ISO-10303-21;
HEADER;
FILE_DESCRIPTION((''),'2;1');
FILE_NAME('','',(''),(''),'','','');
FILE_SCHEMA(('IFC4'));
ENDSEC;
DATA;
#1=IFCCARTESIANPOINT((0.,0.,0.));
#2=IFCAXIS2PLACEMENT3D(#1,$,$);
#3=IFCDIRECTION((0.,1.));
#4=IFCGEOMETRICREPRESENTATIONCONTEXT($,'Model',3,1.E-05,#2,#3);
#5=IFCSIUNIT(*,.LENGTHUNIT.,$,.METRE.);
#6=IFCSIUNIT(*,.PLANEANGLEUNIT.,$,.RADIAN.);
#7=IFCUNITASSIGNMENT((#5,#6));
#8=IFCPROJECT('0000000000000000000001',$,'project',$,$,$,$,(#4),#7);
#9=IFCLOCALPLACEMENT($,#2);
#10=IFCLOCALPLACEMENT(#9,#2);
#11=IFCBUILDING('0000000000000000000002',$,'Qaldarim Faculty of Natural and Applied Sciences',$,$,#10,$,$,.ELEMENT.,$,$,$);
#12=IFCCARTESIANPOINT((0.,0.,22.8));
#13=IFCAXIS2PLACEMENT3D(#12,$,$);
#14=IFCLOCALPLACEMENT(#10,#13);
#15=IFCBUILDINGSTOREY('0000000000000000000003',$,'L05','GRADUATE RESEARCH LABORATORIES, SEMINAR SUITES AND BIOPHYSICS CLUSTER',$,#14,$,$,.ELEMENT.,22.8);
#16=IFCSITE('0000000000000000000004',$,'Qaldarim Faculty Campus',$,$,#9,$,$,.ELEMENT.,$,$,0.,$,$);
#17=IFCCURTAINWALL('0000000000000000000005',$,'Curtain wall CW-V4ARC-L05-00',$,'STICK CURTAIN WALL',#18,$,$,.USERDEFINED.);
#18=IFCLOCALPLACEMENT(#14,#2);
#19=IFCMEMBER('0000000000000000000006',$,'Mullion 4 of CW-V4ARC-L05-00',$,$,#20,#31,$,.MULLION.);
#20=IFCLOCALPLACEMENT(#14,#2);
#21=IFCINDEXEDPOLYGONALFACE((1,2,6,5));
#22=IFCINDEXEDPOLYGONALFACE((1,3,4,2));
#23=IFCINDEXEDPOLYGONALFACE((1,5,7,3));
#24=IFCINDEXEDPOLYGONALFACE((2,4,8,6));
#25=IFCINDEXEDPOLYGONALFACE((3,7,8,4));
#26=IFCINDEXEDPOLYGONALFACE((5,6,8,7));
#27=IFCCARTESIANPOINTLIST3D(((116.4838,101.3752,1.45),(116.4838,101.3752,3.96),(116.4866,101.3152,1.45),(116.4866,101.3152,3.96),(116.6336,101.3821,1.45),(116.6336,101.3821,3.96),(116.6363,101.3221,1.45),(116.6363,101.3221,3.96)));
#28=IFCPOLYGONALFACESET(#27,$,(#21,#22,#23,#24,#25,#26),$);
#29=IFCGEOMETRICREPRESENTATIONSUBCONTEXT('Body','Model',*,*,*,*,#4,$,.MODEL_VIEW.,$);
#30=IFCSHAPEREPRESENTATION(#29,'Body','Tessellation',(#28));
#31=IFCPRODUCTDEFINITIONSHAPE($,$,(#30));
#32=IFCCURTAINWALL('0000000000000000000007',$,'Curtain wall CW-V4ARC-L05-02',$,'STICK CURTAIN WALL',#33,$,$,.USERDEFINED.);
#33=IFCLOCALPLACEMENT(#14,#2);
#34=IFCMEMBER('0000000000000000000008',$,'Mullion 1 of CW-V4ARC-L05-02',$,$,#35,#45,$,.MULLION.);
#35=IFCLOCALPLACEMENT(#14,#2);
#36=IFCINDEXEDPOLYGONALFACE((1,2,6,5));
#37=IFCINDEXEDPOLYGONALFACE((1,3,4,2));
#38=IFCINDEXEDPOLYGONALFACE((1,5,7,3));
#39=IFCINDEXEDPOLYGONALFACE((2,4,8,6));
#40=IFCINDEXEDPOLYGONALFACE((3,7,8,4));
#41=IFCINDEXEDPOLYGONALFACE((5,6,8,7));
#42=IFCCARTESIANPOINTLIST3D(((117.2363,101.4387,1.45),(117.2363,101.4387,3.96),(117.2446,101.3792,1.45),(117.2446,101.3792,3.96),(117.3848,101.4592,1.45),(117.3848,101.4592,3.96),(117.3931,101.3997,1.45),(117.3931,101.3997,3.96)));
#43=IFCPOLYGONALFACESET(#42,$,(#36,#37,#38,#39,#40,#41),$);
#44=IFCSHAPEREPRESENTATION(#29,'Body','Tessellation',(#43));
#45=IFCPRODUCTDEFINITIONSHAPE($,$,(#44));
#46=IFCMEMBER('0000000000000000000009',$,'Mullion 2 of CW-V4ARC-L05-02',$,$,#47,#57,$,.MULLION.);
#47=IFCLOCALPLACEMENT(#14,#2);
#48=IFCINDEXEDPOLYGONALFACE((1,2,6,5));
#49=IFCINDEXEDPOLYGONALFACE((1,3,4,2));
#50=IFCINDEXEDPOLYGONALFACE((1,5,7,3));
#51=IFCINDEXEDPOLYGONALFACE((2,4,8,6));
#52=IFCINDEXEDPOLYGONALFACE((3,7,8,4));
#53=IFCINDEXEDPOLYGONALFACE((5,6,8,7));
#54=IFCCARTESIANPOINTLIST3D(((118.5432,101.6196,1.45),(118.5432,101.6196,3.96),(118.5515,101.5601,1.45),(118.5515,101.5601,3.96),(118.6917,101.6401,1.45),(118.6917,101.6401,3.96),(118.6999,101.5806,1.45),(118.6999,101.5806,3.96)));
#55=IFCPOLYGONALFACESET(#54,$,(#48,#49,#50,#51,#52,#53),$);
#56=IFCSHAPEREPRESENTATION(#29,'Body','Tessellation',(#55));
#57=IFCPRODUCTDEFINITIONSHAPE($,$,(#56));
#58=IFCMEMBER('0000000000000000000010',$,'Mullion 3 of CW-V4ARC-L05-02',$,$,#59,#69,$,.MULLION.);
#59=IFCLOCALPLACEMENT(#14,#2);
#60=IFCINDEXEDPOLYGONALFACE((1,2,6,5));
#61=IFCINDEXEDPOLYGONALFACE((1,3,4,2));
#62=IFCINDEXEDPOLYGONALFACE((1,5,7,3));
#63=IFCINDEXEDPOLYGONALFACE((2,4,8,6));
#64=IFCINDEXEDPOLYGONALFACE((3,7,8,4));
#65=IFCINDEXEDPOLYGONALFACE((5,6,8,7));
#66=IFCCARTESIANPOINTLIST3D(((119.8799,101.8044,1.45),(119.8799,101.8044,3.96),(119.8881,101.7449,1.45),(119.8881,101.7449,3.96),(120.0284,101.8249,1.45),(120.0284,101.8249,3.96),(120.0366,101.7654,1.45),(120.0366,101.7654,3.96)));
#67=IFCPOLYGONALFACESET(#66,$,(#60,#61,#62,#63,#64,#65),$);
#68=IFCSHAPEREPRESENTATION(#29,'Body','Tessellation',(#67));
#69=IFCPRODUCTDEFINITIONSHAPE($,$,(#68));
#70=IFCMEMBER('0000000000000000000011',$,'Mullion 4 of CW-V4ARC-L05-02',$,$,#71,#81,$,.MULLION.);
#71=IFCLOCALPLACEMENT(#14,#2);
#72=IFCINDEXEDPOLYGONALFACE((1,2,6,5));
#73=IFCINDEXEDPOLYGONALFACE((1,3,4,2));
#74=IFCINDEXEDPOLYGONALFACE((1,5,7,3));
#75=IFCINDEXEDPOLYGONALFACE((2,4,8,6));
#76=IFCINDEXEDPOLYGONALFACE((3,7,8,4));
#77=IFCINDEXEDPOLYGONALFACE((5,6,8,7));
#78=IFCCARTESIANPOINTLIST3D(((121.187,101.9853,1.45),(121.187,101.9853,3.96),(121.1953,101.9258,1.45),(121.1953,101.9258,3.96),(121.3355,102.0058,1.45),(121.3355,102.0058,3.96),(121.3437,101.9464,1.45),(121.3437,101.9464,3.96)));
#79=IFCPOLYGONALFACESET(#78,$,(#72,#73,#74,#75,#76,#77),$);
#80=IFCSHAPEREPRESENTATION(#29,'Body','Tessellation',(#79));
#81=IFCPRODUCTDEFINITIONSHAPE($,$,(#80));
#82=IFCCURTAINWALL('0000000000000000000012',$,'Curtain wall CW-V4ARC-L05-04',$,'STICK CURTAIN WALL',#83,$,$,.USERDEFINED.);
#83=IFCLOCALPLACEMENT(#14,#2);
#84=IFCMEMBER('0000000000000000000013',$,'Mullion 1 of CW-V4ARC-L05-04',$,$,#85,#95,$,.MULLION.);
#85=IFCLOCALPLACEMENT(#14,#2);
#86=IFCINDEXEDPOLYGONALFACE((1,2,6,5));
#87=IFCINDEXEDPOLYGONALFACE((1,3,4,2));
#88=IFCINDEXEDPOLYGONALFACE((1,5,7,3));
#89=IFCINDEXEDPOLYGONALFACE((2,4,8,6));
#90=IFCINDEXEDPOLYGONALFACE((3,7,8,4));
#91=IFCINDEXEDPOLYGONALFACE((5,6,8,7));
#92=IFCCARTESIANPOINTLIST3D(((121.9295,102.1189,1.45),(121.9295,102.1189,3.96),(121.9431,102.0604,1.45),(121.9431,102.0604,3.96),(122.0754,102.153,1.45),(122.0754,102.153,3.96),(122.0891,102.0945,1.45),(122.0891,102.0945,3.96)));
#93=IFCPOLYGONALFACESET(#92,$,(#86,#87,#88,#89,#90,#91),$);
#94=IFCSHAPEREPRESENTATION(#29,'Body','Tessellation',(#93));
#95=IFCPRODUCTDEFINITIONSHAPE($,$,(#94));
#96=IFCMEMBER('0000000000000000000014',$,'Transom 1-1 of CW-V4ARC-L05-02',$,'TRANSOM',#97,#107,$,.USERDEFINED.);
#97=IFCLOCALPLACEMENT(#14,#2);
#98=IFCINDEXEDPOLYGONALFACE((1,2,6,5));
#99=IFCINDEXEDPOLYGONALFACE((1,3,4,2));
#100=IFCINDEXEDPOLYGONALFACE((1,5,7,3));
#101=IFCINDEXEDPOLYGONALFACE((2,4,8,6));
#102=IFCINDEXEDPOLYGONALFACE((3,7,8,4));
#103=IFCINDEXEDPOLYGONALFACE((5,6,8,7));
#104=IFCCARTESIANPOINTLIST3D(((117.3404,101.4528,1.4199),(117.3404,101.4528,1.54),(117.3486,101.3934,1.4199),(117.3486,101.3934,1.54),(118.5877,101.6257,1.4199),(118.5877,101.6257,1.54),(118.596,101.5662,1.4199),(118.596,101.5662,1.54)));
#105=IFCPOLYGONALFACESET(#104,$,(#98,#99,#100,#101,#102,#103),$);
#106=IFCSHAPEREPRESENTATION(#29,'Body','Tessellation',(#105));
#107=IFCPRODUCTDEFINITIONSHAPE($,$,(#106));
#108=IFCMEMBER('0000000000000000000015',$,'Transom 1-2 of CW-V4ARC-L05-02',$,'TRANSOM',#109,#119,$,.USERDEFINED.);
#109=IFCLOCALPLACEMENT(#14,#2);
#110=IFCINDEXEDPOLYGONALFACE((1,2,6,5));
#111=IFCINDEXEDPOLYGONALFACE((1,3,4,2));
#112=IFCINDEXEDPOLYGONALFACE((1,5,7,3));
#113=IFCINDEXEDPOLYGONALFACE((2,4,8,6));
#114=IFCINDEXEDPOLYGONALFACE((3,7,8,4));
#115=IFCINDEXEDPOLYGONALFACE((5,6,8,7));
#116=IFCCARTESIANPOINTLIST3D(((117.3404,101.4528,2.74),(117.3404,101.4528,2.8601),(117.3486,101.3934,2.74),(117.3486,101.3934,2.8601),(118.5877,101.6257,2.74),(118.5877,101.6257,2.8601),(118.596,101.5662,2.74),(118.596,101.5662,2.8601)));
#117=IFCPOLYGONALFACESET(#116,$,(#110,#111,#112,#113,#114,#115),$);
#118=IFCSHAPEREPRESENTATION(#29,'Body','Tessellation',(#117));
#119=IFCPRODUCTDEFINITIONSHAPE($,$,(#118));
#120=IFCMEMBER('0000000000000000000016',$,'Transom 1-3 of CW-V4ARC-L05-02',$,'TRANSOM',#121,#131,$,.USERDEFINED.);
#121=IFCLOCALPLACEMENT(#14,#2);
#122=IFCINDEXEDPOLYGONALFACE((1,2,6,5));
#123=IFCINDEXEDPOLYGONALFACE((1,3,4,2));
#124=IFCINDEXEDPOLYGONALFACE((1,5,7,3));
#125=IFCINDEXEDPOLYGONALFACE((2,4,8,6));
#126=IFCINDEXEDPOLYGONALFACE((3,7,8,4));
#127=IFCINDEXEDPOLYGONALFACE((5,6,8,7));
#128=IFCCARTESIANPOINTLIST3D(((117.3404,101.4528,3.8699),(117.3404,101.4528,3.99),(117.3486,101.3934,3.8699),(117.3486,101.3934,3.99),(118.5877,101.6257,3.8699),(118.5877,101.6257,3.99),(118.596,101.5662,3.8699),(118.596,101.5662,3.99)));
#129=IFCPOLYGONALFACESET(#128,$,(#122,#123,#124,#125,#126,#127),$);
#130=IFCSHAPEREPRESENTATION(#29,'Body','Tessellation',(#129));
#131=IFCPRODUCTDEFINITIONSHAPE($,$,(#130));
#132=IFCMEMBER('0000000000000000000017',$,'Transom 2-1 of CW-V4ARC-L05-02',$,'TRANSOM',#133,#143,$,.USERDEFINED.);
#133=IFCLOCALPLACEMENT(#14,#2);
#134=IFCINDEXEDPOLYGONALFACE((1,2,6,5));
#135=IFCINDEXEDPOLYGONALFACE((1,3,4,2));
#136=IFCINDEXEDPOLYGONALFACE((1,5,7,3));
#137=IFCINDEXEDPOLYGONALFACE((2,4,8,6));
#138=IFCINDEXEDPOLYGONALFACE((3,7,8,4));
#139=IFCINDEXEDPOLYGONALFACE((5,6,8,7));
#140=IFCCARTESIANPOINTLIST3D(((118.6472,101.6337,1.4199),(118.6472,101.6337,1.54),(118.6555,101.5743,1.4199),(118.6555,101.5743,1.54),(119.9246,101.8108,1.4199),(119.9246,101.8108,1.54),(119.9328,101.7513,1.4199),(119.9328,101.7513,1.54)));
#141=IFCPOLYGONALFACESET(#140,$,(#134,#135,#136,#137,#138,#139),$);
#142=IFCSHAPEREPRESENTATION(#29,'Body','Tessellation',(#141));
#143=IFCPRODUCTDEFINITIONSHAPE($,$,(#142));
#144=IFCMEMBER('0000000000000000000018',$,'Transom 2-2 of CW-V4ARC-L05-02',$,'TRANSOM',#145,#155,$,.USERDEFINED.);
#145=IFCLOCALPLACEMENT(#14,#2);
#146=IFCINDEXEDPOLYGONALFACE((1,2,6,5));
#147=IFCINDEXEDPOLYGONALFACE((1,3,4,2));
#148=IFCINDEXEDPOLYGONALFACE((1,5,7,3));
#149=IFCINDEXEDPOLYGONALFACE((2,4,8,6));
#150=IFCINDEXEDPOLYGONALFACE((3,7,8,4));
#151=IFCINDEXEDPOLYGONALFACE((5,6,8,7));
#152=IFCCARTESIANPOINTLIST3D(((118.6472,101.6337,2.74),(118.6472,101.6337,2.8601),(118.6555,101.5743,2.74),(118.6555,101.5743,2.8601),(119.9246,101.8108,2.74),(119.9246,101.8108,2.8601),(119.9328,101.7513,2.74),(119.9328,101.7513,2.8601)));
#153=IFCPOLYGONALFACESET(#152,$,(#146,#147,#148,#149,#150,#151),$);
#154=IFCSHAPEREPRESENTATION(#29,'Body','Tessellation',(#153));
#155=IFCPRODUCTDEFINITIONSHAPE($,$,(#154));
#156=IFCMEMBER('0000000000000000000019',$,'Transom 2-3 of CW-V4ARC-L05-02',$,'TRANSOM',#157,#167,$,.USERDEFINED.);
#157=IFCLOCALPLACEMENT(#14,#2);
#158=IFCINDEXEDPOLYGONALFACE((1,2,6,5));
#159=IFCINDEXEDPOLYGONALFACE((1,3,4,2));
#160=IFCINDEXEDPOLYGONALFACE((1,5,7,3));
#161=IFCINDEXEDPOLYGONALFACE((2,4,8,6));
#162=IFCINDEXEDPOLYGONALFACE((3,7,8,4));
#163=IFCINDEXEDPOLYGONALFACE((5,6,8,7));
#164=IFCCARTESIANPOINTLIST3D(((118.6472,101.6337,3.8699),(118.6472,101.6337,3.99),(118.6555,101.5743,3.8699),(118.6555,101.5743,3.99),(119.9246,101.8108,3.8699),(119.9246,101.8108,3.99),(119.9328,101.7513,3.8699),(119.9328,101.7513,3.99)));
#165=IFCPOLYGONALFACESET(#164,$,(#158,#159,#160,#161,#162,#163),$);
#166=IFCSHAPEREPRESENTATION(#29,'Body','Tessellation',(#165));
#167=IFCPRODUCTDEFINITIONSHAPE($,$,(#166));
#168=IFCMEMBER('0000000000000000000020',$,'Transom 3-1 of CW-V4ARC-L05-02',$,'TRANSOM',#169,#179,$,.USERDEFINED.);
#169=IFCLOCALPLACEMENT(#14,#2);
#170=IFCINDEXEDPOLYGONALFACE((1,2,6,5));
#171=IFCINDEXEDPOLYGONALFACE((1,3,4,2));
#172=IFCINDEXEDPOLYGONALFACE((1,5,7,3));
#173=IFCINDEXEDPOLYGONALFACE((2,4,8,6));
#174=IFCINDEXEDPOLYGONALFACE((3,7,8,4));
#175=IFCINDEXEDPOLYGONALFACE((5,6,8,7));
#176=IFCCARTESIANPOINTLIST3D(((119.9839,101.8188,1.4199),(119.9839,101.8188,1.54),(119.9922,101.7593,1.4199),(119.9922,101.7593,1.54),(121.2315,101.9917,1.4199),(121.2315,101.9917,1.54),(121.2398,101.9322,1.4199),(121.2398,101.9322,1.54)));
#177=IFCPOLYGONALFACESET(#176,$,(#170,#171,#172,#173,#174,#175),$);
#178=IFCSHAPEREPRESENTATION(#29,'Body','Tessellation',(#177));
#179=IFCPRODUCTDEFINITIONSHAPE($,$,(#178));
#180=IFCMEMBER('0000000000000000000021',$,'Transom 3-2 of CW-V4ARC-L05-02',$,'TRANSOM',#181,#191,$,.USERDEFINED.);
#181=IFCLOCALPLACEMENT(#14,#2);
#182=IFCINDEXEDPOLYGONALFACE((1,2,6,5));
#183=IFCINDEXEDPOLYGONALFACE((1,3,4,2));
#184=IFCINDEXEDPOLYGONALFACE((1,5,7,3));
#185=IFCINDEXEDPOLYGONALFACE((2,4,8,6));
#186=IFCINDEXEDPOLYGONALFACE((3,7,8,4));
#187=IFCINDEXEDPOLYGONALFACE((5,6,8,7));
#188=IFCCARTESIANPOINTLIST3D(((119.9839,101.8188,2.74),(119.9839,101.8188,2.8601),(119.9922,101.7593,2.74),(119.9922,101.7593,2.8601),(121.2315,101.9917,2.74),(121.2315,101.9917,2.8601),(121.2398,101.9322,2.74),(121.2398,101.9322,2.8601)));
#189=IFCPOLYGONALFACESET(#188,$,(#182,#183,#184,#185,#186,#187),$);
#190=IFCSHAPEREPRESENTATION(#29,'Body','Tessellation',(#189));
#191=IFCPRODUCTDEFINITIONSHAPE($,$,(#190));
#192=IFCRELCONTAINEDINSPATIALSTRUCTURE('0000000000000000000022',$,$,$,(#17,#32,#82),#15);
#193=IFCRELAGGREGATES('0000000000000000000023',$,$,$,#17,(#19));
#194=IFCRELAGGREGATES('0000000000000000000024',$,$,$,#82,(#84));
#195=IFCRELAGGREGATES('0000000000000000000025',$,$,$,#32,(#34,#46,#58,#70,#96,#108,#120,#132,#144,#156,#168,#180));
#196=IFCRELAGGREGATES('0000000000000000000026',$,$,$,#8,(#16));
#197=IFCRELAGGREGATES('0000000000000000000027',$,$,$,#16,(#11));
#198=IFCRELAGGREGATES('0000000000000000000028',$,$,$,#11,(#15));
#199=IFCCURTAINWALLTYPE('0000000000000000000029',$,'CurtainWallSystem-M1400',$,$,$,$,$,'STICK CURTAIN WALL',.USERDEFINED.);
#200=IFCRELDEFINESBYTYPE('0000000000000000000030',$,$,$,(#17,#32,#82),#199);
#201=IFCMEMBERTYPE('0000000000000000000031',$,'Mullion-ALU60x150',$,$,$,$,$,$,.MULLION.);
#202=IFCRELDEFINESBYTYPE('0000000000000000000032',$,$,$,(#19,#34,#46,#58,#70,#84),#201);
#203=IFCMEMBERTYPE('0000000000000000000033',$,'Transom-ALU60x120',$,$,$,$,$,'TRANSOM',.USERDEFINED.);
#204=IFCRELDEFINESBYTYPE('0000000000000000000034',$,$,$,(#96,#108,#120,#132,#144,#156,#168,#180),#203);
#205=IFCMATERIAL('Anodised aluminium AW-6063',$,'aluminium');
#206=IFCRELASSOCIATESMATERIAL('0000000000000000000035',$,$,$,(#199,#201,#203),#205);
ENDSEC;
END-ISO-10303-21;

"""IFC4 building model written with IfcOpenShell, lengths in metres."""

from ifc_helpers import new_model, si_unit, direction, frame, origin, origin_2d, place, context, subcontext, project, spatial, rectangle, extrude, material, material_profile, profile_set, type_object, element, aggregate, save


model = new_model("IFC4")

# Units and contexts
model_context = context("Model", 3, precision=1e-05, world=origin(), true_north=direction((0.0, 1.0)))
body_context = subcontext(model_context, "Body", "Model", "MODEL_VIEW")
ifc_project = project(units=[si_unit("LENGTHUNIT", "METRE"), si_unit("PLANEANGLEUNIT", "RADIAN")], contexts=[model_context])

# Site, building, storey
site_placement = place(None, origin())
site = spatial("IfcSite", under=ifc_project, at=site_placement, Name="Qaldarim Faculty Campus", CompositionType="ELEMENT", RefElevation=0.0)
building_placement = place(site_placement, origin())
building = spatial("IfcBuilding", under=site, at=building_placement, Name="Qaldarim Faculty of Natural and Applied Sciences", CompositionType="ELEMENT")
storey_placement = place(building_placement, frame((0.0, 0.0, 22.8)))
storey = spatial("IfcBuildingStorey", under=building, at=storey_placement, Name="L05", Description="GRADUATE RESEARCH LABORATORIES, SEMINAR SUITES AND BIOPHYSICS CLUSTER", CompositionType="ELEMENT", Elevation=22.8)

# Curtain wall, member
ifc_material_1 = material(Name="Anodised aluminium AW-6063", Category="aluminium")
curtain_wall_type = type_object("IfcCurtainWallType", Name="CurtainWallSystem-M1400", ElementType="STICK CURTAIN WALL", PredefinedType="USERDEFINED", material=ifc_material_1)
curtain_wall_1_placement = place(storey_placement, origin())
curtain_wall_1 = element("IfcCurtainWall", 1, at=curtain_wall_1_placement, inside=storey, type_object=curtain_wall_type, Name="Curtain wall CW-V4ARC-L05-00", ObjectType="STICK CURTAIN WALL", PredefinedType="USERDEFINED")
ifc_material_profile_1 = material_profile(ifc_material_1, rectangle(XDim=0.0601, YDim=0.1499, at=origin_2d()), Name="ALU-M60x150")
ifc_profile_set_1 = profile_set([ifc_material_profile_1], Name="Anodised aluminium AW-6063")
member_type_1 = type_object("IfcMemberType", Name="Mullion-ALU60x150", PredefinedType="MULLION", material=ifc_profile_set_1)
member_1_placement = place(storey_placement, frame((116.5601, 101.3486, 1.45), z_axis=(0.0, 0.0, 1.0), x_axis=(-0.045747, 0.998953, 0.0)))
member_1 = element("IfcMember", 2, at=member_1_placement, type_object=member_type_1, Name="Mullion 4 of CW-V4ARC-L05-00", PredefinedType="MULLION", context=body_context, shape_type="SweptSolid", body=[
    extrude(rectangle(XDim=0.0601, YDim=0.1499, at=origin_2d()), origin(), (0.0, 0.0, 1.0), 2.51),
])
aggregate(curtain_wall_1, [member_1])

# Curtain wall, members
curtain_wall_2_placement = place(storey_placement, origin())
curtain_wall_2 = element("IfcCurtainWall", 3, at=curtain_wall_2_placement, inside=storey, type_object=curtain_wall_type, Name="Curtain wall CW-V4ARC-L05-02", ObjectType="STICK CURTAIN WALL", PredefinedType="USERDEFINED")
member_2_placement = place(storey_placement, frame((117.3147, 101.4192, 1.45), z_axis=(0.0, 0.0, 1.0), x_axis=(-0.137099, 0.990557, 0.0)))
member_2 = element("IfcMember", 4, at=member_2_placement, type_object=member_type_1, Name="Mullion 1 of CW-V4ARC-L05-02", PredefinedType="MULLION", context=body_context, shape_type="SweptSolid", body=[
    extrude(rectangle(XDim=0.0601, YDim=0.1499, at=origin_2d()), origin(), (0.0, 0.0, 1.0), 2.51),
])
member_3_placement = place(storey_placement, frame((118.6216, 101.6001, 1.45), z_axis=(0.0, 0.0, 1.0), x_axis=(-0.137099, 0.990557, 0.0)))
member_3 = element("IfcMember", 5, at=member_3_placement, type_object=member_type_1, Name="Mullion 2 of CW-V4ARC-L05-02", PredefinedType="MULLION", context=body_context, shape_type="SweptSolid", body=[
    extrude(rectangle(XDim=0.0601, YDim=0.1499, at=origin_2d()), origin(), (0.0, 0.0, 1.0), 2.51),
])
member_4_placement = place(storey_placement, frame((119.9583, 101.7849, 1.45), z_axis=(0.0, 0.0, 1.0), x_axis=(-0.137099, 0.990557, 0.0)))
member_4 = element("IfcMember", 6, at=member_4_placement, type_object=member_type_1, Name="Mullion 3 of CW-V4ARC-L05-02", PredefinedType="MULLION", context=body_context, shape_type="SweptSolid", body=[
    extrude(rectangle(XDim=0.0601, YDim=0.1499, at=origin_2d()), origin(), (0.0, 0.0, 1.0), 2.51),
])
member_5_placement = place(storey_placement, frame((121.2654, 101.9658, 1.45), z_axis=(0.0, 0.0, 1.0), x_axis=(-0.137099, 0.990557, 0.0)))
member_5 = element("IfcMember", 7, at=member_5_placement, type_object=member_type_1, Name="Mullion 4 of CW-V4ARC-L05-02", PredefinedType="MULLION", context=body_context, shape_type="SweptSolid", body=[
    extrude(rectangle(XDim=0.0601, YDim=0.1499, at=origin_2d()), origin(), (0.0, 0.0, 1.0), 2.51),
])

# Curtain wall, member
curtain_wall_3_placement = place(storey_placement, origin())
curtain_wall_3 = element("IfcCurtainWall", 8, at=curtain_wall_3_placement, inside=storey, type_object=curtain_wall_type, Name="Curtain wall CW-V4ARC-L05-04", ObjectType="STICK CURTAIN WALL", PredefinedType="USERDEFINED")
member_6_placement = place(storey_placement, frame((122.0093, 102.1067, 1.45), z_axis=(0.0, 0.0, 1.0), x_axis=(-0.227382, 0.973806, 0.0)))
member_6 = element("IfcMember", 9, at=member_6_placement, type_object=member_type_1, Name="Mullion 1 of CW-V4ARC-L05-04", PredefinedType="MULLION", context=body_context, shape_type="SweptSolid", body=[
    extrude(rectangle(XDim=0.0601, YDim=0.1499, at=origin_2d()), origin(), (0.0, 0.0, 1.0), 2.51),
])

# Members
ifc_material_profile_2 = material_profile(ifc_material_1, rectangle(XDim=0.0601, YDim=0.1201, at=origin_2d()), Name="ALU-T60x120")
ifc_profile_set_2 = profile_set([ifc_material_profile_2], Name="Anodised aluminium AW-6063")
member_type_2 = type_object("IfcMemberType", Name="Transom-ALU60x120", ElementType="TRANSOM", PredefinedType="USERDEFINED", material=ifc_profile_set_2)
member_7_placement = place(storey_placement, frame((117.3445, 101.4231, 1.48), z_axis=(0.990534, 0.137267, 0.0), x_axis=(-0.137267, 0.990534, 0.0)))
member_7 = element("IfcMember", 10, at=member_7_placement, type_object=member_type_2, Name="Transom 1-1 of CW-V4ARC-L05-02", ObjectType="TRANSOM", PredefinedType="USERDEFINED", context=body_context, shape_type="SweptSolid", body=[
    extrude(rectangle(XDim=0.0601, YDim=0.1201, at=origin_2d()), origin(), (0.0, 0.0, 1.0), 1.2593),
])
member_8_placement = place(storey_placement, frame((117.3445, 101.4231, 2.8), z_axis=(0.990534, 0.137267, 0.0), x_axis=(-0.137267, 0.990534, 0.0)))
member_8 = element("IfcMember", 11, at=member_8_placement, type_object=member_type_2, Name="Transom 1-2 of CW-V4ARC-L05-02", ObjectType="TRANSOM", PredefinedType="USERDEFINED", context=body_context, shape_type="SweptSolid", body=[
    extrude(rectangle(XDim=0.0601, YDim=0.1201, at=origin_2d()), origin(), (0.0, 0.0, 1.0), 1.2593),
])
member_9_placement = place(storey_placement, frame((117.3445, 101.4231, 3.9299), z_axis=(0.990534, 0.137267, 0.0), x_axis=(-0.137267, 0.990534, 0.0)))
member_9 = element("IfcMember", 12, at=member_9_placement, type_object=member_type_2, Name="Transom 1-3 of CW-V4ARC-L05-02", ObjectType="TRANSOM", PredefinedType="USERDEFINED", context=body_context, shape_type="SweptSolid", body=[
    extrude(rectangle(XDim=0.0601, YDim=0.1201, at=origin_2d()), origin(), (0.0, 0.0, 1.0), 1.2593),
])
member_10_placement = place(storey_placement, frame((118.6514, 101.604, 1.48), z_axis=(0.990535, 0.137259, 0.0), x_axis=(-0.137259, 0.990535, 0.0)))
member_10 = element("IfcMember", 13, at=member_10_placement, type_object=member_type_2, Name="Transom 2-1 of CW-V4ARC-L05-02", ObjectType="TRANSOM", PredefinedType="USERDEFINED", context=body_context, shape_type="SweptSolid", body=[
    extrude(rectangle(XDim=0.0601, YDim=0.1201, at=origin_2d()), origin(), (0.0, 0.0, 1.0), 1.2896),
])
member_11_placement = place(storey_placement, frame((118.6514, 101.604, 2.8), z_axis=(0.990535, 0.137259, 0.0), x_axis=(-0.137259, 0.990535, 0.0)))
member_11 = element("IfcMember", 14, at=member_11_placement, type_object=member_type_2, Name="Transom 2-2 of CW-V4ARC-L05-02", ObjectType="TRANSOM", PredefinedType="USERDEFINED", context=body_context, shape_type="SweptSolid", body=[
    extrude(rectangle(XDim=0.0601, YDim=0.1201, at=origin_2d()), origin(), (0.0, 0.0, 1.0), 1.2896),
])
member_12_placement = place(storey_placement, frame((118.6514, 101.604, 3.9299), z_axis=(0.990535, 0.137259, 0.0), x_axis=(-0.137259, 0.990535, 0.0)))
member_12 = element("IfcMember", 15, at=member_12_placement, type_object=member_type_2, Name="Transom 2-3 of CW-V4ARC-L05-02", ObjectType="TRANSOM", PredefinedType="USERDEFINED", context=body_context, shape_type="SweptSolid", body=[
    extrude(rectangle(XDim=0.0601, YDim=0.1201, at=origin_2d()), origin(), (0.0, 0.0, 1.0), 1.2896),
])
member_13_placement = place(storey_placement, frame((119.988, 101.7891, 1.48), z_axis=(0.990538, 0.137241, 0.0), x_axis=(-0.137241, 0.990538, 0.0)))
member_13 = element("IfcMember", 16, at=member_13_placement, type_object=member_type_2, Name="Transom 3-1 of CW-V4ARC-L05-02", ObjectType="TRANSOM", PredefinedType="USERDEFINED", context=body_context, shape_type="SweptSolid", body=[
    extrude(rectangle(XDim=0.0601, YDim=0.1201, at=origin_2d()), origin(), (0.0, 0.0, 1.0), 1.2595),
])
member_14_placement = place(storey_placement, frame((119.988, 101.7891, 2.8), z_axis=(0.990538, 0.137241, 0.0), x_axis=(-0.137241, 0.990538, 0.0)))
member_14 = element("IfcMember", 17, at=member_14_placement, type_object=member_type_2, Name="Transom 3-2 of CW-V4ARC-L05-02", ObjectType="TRANSOM", PredefinedType="USERDEFINED", context=body_context, shape_type="SweptSolid", body=[
    extrude(rectangle(XDim=0.0601, YDim=0.1201, at=origin_2d()), origin(), (0.0, 0.0, 1.0), 1.2595),
])
aggregate(curtain_wall_3, [member_6])

aggregate(curtain_wall_2, [member_2, member_3, member_4, member_5, member_7, member_8, member_9, member_10, member_11, member_12, member_13, member_14])

save(model, "model.ifc")
